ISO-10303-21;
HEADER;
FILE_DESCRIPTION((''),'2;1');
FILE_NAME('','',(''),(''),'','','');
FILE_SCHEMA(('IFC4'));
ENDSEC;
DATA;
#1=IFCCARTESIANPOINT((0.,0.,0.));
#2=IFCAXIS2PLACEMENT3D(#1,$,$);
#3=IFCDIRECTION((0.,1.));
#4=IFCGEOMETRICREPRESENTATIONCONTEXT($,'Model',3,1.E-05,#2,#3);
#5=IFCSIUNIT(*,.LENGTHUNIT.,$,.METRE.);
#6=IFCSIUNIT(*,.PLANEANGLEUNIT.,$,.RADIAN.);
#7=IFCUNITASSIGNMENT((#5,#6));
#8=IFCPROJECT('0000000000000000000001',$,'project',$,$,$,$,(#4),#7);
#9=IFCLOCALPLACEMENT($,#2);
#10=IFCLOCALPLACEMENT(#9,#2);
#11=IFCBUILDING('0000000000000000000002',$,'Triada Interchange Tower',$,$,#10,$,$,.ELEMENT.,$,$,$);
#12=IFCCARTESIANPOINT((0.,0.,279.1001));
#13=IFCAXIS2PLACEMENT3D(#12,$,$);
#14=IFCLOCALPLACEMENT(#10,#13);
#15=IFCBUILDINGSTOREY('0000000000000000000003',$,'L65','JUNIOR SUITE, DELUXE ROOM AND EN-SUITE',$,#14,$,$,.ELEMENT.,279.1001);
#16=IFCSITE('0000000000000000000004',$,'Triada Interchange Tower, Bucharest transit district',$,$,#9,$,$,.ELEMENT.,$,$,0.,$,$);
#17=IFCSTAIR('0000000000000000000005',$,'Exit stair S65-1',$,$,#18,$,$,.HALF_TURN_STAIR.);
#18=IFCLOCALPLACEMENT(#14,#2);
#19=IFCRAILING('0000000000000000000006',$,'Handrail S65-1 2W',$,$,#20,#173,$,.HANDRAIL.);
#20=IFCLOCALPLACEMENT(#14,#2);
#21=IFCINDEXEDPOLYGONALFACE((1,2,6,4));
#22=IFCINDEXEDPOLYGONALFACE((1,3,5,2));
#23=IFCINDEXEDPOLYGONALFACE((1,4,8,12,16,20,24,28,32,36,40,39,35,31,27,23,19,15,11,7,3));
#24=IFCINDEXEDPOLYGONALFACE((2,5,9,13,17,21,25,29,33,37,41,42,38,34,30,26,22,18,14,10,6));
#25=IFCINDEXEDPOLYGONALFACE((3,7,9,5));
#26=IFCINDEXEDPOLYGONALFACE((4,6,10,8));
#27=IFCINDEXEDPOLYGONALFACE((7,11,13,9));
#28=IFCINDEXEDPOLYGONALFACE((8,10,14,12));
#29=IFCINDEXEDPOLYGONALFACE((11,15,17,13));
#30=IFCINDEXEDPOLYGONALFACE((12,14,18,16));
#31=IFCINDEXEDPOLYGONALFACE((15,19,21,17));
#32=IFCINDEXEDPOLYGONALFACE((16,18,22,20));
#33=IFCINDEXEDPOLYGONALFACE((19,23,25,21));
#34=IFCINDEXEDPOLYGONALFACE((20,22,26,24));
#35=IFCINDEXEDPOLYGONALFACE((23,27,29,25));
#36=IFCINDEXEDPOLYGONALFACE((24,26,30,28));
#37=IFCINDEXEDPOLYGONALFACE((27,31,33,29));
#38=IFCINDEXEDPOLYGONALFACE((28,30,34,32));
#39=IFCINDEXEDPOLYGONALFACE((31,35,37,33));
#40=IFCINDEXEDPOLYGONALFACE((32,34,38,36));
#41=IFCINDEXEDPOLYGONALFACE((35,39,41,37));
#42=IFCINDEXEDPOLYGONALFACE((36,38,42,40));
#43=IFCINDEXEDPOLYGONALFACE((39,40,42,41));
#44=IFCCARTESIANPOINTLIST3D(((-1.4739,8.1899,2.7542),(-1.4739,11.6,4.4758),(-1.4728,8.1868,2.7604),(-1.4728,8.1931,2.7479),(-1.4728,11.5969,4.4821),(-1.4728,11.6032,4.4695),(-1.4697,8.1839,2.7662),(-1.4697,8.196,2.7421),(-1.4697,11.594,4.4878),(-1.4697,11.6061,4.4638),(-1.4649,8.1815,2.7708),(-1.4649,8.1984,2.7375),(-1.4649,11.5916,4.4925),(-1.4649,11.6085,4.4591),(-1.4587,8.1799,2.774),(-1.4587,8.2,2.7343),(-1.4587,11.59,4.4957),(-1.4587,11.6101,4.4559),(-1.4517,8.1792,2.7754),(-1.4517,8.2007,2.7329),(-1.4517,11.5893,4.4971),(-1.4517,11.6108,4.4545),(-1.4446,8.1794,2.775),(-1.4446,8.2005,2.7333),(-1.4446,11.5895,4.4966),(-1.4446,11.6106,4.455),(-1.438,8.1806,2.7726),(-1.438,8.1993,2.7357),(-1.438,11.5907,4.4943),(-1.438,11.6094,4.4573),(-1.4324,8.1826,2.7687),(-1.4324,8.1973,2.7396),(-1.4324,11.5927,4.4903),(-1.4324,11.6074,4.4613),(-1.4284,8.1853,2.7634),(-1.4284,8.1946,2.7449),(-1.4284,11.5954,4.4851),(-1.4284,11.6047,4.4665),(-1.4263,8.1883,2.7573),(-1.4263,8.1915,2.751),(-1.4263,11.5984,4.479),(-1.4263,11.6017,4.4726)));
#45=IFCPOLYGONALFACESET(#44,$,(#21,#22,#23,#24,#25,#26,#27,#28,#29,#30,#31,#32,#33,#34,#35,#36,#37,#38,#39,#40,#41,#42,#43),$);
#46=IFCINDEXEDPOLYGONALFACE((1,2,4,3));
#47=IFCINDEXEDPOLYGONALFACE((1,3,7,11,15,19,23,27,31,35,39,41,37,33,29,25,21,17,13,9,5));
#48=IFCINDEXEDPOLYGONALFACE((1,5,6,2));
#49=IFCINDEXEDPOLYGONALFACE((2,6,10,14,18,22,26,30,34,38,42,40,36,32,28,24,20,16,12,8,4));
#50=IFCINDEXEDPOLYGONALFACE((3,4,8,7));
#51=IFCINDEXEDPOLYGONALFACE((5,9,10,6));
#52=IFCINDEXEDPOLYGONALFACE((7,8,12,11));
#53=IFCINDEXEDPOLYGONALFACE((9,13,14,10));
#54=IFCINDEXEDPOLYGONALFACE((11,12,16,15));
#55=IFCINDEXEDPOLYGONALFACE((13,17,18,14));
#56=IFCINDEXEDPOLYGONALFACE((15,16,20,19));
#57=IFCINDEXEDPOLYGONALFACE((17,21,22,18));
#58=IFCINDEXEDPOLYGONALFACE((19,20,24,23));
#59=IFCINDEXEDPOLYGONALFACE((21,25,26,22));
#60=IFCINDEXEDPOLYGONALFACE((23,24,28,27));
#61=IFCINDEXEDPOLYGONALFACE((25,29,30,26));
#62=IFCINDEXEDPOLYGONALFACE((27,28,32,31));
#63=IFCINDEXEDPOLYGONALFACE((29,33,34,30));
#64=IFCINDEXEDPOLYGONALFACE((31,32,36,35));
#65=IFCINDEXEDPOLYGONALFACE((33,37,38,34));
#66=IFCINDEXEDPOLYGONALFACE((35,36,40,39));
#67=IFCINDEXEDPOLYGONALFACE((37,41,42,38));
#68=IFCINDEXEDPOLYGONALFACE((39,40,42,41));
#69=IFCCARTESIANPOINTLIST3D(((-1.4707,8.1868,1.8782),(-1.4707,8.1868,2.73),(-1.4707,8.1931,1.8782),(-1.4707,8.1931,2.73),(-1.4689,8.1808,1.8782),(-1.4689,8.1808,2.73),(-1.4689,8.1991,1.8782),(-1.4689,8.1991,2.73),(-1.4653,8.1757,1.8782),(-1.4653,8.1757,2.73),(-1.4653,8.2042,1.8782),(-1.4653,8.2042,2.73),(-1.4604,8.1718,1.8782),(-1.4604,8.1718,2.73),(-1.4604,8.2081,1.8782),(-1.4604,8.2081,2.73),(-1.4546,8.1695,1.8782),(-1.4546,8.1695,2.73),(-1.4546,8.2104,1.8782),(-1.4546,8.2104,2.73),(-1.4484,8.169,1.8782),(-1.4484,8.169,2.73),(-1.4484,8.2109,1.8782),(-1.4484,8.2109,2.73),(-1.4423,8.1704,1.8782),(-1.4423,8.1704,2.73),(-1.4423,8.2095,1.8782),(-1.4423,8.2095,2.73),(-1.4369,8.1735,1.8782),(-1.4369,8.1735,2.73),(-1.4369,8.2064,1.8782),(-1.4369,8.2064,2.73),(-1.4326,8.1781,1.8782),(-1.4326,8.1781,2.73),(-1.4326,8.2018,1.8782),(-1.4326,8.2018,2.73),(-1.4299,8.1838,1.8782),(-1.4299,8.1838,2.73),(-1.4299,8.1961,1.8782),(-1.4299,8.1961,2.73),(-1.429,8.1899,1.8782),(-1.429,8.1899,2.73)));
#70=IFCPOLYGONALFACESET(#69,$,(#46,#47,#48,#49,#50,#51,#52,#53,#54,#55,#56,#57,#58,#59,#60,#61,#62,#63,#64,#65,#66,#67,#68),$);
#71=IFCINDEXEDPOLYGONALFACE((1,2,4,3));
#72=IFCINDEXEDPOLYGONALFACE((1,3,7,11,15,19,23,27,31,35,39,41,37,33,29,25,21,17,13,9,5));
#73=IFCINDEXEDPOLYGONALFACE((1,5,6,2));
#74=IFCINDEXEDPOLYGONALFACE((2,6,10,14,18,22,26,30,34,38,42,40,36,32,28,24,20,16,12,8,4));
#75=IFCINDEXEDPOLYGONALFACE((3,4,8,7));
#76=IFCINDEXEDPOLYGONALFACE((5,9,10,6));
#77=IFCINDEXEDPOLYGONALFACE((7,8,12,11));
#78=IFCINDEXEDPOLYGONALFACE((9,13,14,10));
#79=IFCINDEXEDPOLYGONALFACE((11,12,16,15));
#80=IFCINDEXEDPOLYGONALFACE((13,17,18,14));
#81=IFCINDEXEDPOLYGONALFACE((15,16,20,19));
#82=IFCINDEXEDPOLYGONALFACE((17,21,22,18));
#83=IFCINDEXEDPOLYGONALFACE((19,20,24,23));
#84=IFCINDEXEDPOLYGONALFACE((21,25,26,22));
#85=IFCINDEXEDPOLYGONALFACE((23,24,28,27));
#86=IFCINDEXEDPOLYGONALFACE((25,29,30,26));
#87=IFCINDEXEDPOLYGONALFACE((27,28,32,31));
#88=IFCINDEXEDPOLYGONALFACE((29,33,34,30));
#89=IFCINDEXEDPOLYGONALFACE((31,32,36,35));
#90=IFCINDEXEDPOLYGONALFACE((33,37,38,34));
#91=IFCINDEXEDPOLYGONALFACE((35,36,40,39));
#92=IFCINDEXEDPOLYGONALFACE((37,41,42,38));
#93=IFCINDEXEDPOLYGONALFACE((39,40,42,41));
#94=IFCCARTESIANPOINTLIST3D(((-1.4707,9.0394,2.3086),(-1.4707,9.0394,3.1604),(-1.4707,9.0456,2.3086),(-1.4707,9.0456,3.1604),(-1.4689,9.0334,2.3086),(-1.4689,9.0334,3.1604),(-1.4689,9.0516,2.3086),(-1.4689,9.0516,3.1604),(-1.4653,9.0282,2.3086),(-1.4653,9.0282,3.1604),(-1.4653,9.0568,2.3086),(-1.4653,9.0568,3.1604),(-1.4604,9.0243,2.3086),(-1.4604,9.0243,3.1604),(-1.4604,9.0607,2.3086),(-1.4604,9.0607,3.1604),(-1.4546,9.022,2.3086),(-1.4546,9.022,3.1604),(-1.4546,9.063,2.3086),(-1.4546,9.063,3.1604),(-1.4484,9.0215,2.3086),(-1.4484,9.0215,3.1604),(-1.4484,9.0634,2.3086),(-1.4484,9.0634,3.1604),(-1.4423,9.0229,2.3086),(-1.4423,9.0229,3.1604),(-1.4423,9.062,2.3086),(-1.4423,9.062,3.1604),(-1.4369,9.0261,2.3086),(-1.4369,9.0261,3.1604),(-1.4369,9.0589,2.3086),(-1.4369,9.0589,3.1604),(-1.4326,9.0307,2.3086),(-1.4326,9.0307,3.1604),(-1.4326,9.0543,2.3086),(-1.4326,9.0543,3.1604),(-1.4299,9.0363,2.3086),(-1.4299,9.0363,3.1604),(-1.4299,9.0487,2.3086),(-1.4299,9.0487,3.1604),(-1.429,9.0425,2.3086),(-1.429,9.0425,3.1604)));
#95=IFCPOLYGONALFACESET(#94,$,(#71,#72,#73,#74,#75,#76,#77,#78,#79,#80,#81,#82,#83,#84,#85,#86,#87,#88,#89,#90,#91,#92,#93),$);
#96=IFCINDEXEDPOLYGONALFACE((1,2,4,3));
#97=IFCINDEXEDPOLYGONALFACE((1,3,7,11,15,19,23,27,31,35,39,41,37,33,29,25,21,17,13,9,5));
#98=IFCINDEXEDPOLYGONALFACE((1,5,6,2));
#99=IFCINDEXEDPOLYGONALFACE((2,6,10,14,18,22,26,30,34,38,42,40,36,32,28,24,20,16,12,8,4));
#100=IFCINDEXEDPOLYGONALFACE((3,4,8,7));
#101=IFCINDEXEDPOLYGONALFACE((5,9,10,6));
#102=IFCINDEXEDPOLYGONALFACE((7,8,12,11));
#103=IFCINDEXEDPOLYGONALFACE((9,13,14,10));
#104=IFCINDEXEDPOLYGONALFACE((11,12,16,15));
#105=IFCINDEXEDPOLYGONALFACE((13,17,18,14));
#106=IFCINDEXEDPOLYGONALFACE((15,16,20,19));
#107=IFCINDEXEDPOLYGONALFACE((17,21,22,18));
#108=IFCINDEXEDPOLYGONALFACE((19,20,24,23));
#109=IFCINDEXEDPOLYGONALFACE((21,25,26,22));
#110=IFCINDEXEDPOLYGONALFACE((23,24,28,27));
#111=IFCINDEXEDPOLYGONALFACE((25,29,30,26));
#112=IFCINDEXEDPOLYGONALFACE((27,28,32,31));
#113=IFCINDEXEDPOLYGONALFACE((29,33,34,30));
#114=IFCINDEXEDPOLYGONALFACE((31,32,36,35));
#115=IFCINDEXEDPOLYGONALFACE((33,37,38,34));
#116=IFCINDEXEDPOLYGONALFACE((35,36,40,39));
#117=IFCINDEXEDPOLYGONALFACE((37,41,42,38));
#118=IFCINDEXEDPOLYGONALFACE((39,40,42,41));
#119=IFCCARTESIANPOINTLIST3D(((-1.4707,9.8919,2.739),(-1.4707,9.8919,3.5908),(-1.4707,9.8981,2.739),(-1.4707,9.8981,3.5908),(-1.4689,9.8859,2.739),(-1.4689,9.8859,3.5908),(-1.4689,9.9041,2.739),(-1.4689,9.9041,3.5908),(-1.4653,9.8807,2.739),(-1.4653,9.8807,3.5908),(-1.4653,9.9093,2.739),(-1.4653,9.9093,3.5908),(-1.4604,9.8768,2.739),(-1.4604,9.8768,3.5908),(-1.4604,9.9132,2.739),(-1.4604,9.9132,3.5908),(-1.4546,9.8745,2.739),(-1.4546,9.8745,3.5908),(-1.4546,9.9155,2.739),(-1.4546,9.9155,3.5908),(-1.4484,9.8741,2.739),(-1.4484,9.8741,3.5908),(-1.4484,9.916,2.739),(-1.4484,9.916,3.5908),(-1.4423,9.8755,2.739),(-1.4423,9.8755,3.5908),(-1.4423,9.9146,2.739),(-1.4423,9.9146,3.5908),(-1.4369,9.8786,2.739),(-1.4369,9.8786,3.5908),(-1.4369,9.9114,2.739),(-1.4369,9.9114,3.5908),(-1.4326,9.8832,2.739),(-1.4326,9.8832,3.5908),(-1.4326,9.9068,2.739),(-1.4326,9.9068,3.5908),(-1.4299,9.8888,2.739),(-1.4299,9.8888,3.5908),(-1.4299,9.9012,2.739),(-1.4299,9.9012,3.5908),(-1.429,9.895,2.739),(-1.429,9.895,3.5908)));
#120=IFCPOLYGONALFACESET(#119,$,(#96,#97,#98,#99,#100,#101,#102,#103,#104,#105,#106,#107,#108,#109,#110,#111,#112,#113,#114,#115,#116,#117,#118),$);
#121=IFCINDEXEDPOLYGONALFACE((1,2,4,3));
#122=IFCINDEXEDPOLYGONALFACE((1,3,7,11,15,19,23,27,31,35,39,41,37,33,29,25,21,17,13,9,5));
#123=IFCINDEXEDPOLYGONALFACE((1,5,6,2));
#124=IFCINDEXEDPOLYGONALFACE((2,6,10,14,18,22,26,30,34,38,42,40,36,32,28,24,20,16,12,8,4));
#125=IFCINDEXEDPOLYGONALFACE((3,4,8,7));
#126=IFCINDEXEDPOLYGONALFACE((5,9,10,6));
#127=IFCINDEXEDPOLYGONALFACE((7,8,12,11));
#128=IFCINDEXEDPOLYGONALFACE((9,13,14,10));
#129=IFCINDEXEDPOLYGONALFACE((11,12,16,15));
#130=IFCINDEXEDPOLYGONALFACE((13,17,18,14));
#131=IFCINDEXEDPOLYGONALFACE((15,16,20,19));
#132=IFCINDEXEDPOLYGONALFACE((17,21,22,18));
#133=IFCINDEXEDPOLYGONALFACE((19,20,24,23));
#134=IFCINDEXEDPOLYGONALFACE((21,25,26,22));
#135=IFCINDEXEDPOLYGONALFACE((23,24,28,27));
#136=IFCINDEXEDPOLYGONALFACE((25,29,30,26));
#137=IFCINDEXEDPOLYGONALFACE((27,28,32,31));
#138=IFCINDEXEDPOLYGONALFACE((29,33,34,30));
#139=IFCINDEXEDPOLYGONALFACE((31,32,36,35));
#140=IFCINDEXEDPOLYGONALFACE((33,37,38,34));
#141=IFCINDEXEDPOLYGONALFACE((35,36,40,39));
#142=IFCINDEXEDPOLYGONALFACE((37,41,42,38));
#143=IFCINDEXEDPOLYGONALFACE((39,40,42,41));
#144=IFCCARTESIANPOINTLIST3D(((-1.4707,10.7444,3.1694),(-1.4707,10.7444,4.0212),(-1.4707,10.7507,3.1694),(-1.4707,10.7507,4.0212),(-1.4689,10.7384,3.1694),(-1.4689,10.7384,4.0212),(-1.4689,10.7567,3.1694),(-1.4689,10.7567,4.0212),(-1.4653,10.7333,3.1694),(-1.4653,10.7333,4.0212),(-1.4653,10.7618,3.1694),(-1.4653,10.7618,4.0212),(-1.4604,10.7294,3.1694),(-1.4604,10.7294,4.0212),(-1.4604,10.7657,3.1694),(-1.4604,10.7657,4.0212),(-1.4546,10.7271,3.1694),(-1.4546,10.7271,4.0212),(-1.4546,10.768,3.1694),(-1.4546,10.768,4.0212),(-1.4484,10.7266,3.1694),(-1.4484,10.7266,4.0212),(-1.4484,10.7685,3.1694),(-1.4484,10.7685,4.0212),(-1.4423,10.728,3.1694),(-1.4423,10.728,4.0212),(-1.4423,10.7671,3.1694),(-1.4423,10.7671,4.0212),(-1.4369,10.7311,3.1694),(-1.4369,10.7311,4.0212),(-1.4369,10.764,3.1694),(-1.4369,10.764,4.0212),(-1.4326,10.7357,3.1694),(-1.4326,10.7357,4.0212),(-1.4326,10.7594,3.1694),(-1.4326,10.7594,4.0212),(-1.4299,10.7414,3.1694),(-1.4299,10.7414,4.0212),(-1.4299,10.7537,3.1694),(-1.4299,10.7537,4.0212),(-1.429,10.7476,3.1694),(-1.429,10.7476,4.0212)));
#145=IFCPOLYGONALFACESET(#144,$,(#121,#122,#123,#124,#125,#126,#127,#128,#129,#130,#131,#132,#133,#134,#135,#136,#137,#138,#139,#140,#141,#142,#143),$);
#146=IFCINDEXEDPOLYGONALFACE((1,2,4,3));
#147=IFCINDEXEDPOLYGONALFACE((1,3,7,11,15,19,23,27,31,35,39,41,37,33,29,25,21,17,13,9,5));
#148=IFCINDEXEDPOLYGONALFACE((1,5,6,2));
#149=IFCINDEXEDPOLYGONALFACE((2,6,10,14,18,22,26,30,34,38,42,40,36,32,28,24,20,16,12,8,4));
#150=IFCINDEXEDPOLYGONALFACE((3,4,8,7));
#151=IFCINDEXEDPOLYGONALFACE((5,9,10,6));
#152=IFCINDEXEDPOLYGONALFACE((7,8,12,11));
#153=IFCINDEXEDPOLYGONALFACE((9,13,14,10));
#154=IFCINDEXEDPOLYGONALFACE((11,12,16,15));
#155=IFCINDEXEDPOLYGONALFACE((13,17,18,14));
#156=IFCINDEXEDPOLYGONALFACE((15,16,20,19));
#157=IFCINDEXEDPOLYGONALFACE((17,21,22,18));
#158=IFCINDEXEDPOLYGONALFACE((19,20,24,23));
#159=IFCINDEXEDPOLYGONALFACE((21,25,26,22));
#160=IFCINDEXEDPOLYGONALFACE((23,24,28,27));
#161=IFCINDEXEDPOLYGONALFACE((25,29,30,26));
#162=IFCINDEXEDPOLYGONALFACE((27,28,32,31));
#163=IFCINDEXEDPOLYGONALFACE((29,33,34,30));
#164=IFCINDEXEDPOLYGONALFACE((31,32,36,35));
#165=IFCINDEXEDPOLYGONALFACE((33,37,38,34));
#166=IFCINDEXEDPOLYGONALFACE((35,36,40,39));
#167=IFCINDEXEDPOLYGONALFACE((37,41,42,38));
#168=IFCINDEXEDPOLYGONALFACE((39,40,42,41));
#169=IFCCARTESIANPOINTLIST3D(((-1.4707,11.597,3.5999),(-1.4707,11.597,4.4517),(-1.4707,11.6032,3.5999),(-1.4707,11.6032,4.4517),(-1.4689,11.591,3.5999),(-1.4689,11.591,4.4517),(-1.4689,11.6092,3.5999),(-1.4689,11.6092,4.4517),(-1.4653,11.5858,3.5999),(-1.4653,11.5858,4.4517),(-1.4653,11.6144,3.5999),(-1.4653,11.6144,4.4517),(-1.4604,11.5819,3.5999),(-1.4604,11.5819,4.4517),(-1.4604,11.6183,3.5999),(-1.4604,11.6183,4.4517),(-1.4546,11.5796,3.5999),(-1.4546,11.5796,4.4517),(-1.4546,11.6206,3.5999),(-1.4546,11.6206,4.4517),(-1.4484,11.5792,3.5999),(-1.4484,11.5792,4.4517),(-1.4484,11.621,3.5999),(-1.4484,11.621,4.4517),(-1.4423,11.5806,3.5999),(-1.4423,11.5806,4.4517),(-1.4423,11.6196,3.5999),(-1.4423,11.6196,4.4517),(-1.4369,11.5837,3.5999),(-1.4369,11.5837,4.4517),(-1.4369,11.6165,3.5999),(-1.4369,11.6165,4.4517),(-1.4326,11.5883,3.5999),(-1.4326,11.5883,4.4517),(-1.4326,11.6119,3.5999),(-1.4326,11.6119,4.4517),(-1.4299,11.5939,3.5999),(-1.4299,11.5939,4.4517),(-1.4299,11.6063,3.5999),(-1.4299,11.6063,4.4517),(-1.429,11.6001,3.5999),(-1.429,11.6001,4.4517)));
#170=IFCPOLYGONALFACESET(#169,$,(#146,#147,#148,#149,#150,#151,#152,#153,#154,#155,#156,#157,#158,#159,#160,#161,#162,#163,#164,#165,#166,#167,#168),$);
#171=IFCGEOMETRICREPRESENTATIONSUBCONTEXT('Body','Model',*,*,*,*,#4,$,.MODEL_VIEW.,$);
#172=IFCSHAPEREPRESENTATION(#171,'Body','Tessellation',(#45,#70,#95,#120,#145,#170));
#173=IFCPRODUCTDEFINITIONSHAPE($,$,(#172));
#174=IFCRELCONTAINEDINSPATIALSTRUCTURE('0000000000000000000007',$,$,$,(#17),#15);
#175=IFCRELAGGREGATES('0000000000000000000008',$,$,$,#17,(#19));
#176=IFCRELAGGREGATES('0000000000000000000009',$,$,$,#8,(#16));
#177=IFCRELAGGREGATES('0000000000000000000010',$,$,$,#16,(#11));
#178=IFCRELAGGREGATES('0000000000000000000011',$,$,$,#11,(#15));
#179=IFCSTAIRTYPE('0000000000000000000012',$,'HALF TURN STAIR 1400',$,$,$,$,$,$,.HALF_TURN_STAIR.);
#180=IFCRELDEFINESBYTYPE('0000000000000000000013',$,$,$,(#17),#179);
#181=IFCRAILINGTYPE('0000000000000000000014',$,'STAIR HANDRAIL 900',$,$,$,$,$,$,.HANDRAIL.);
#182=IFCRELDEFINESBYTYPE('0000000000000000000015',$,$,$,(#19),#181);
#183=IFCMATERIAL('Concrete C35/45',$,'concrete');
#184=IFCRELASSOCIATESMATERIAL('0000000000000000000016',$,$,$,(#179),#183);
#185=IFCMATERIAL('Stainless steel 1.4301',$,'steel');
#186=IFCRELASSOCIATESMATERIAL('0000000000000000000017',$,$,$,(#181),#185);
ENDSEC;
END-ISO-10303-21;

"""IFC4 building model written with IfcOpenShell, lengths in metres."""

from ifc_helpers import new_model, si_unit, direction, frame, origin, origin_2d, place, context, subcontext, project, spatial, circle, extrude, material, type_object, element, aggregate, save


model = new_model("IFC4")

# Units and contexts
model_context = context("Model", 3, precision=1e-05, world=origin(), true_north=direction((0.0, 1.0)))
body_context = subcontext(model_context, "Body", "Model", "MODEL_VIEW")
ifc_project = project(units=[si_unit("LENGTHUNIT", "METRE"), si_unit("PLANEANGLEUNIT", "RADIAN")], contexts=[model_context])

# Site, building, storey
site_placement = place(None, origin())
site = spatial("IfcSite", under=ifc_project, at=site_placement, Name="Triada Interchange Tower, Bucharest transit district", CompositionType="ELEMENT", RefElevation=0.0)
building_placement = place(site_placement, origin())
building = spatial("IfcBuilding", under=site, at=building_placement, Name="Triada Interchange Tower", CompositionType="ELEMENT")
storey_placement = place(building_placement, frame((0.0, 0.0, 279.1001)))
storey = spatial("IfcBuildingStorey", under=building, at=storey_placement, Name="L65", Description="JUNIOR SUITE, DELUXE ROOM AND EN-SUITE", CompositionType="ELEMENT", Elevation=279.1001)

# Stair
ifc_material_1 = material(Name="Concrete C35/45", Category="concrete")
stair_type = type_object("IfcStairType", Name="HALF TURN STAIR 1400", PredefinedType="HALF_TURN_STAIR", material=ifc_material_1)
stair_placement = place(storey_placement, origin())
stair = element("IfcStair", 1, at=stair_placement, inside=storey, type_object=stair_type, Name="Exit stair S65-1", PredefinedType="HALF_TURN_STAIR")

# Railing
ifc_material_2 = material(Name="Stainless steel 1.4301", Category="steel")
railing_type = type_object("IfcRailingType", Name="STAIR HANDRAIL 900", PredefinedType="HANDRAIL", material=ifc_material_2)
railing_1_placement = place(storey_placement, frame((-1.45, 8.1899, 1.8782)))
railing_1 = element("IfcRailing", 2, at=railing_1_placement, type_object=railing_type, Name="Handrail S65-1 2W", PredefinedType="HANDRAIL", context=body_context, shape_type="SweptSolid", body=[
    extrude(circle(Radius=0.0239, at=origin_2d()), frame((0.0, 0.0, 0.876), z_axis=(0.0, 0.892682, 0.450687), x_axis=(-1.0, 0.0, 0.0)), (0.0, 0.0, 1.0), 3.8201),
    extrude(circle(Radius=0.021, at=origin_2d()), origin(), (0.0, 0.0, 1.0), 0.8518),
    extrude(circle(Radius=0.021, at=origin_2d()), frame((0.0, 0.8525, 0.4304)), (0.0, 0.0, 1.0), 0.8518),
    extrude(circle(Radius=0.021, at=origin_2d()), frame((0.0, 1.7051, 0.8608)), (0.0, 0.0, 1.0), 0.8518),
    extrude(circle(Radius=0.021, at=origin_2d()), frame((0.0, 2.5576, 1.2913)), (0.0, 0.0, 1.0), 0.8518),
    extrude(circle(Radius=0.021, at=origin_2d()), frame((0.0, 3.4102, 1.7217)), (0.0, 0.0, 1.0), 0.8518),
])
aggregate(stair, [railing_1])

save(model, "model.ifc")
